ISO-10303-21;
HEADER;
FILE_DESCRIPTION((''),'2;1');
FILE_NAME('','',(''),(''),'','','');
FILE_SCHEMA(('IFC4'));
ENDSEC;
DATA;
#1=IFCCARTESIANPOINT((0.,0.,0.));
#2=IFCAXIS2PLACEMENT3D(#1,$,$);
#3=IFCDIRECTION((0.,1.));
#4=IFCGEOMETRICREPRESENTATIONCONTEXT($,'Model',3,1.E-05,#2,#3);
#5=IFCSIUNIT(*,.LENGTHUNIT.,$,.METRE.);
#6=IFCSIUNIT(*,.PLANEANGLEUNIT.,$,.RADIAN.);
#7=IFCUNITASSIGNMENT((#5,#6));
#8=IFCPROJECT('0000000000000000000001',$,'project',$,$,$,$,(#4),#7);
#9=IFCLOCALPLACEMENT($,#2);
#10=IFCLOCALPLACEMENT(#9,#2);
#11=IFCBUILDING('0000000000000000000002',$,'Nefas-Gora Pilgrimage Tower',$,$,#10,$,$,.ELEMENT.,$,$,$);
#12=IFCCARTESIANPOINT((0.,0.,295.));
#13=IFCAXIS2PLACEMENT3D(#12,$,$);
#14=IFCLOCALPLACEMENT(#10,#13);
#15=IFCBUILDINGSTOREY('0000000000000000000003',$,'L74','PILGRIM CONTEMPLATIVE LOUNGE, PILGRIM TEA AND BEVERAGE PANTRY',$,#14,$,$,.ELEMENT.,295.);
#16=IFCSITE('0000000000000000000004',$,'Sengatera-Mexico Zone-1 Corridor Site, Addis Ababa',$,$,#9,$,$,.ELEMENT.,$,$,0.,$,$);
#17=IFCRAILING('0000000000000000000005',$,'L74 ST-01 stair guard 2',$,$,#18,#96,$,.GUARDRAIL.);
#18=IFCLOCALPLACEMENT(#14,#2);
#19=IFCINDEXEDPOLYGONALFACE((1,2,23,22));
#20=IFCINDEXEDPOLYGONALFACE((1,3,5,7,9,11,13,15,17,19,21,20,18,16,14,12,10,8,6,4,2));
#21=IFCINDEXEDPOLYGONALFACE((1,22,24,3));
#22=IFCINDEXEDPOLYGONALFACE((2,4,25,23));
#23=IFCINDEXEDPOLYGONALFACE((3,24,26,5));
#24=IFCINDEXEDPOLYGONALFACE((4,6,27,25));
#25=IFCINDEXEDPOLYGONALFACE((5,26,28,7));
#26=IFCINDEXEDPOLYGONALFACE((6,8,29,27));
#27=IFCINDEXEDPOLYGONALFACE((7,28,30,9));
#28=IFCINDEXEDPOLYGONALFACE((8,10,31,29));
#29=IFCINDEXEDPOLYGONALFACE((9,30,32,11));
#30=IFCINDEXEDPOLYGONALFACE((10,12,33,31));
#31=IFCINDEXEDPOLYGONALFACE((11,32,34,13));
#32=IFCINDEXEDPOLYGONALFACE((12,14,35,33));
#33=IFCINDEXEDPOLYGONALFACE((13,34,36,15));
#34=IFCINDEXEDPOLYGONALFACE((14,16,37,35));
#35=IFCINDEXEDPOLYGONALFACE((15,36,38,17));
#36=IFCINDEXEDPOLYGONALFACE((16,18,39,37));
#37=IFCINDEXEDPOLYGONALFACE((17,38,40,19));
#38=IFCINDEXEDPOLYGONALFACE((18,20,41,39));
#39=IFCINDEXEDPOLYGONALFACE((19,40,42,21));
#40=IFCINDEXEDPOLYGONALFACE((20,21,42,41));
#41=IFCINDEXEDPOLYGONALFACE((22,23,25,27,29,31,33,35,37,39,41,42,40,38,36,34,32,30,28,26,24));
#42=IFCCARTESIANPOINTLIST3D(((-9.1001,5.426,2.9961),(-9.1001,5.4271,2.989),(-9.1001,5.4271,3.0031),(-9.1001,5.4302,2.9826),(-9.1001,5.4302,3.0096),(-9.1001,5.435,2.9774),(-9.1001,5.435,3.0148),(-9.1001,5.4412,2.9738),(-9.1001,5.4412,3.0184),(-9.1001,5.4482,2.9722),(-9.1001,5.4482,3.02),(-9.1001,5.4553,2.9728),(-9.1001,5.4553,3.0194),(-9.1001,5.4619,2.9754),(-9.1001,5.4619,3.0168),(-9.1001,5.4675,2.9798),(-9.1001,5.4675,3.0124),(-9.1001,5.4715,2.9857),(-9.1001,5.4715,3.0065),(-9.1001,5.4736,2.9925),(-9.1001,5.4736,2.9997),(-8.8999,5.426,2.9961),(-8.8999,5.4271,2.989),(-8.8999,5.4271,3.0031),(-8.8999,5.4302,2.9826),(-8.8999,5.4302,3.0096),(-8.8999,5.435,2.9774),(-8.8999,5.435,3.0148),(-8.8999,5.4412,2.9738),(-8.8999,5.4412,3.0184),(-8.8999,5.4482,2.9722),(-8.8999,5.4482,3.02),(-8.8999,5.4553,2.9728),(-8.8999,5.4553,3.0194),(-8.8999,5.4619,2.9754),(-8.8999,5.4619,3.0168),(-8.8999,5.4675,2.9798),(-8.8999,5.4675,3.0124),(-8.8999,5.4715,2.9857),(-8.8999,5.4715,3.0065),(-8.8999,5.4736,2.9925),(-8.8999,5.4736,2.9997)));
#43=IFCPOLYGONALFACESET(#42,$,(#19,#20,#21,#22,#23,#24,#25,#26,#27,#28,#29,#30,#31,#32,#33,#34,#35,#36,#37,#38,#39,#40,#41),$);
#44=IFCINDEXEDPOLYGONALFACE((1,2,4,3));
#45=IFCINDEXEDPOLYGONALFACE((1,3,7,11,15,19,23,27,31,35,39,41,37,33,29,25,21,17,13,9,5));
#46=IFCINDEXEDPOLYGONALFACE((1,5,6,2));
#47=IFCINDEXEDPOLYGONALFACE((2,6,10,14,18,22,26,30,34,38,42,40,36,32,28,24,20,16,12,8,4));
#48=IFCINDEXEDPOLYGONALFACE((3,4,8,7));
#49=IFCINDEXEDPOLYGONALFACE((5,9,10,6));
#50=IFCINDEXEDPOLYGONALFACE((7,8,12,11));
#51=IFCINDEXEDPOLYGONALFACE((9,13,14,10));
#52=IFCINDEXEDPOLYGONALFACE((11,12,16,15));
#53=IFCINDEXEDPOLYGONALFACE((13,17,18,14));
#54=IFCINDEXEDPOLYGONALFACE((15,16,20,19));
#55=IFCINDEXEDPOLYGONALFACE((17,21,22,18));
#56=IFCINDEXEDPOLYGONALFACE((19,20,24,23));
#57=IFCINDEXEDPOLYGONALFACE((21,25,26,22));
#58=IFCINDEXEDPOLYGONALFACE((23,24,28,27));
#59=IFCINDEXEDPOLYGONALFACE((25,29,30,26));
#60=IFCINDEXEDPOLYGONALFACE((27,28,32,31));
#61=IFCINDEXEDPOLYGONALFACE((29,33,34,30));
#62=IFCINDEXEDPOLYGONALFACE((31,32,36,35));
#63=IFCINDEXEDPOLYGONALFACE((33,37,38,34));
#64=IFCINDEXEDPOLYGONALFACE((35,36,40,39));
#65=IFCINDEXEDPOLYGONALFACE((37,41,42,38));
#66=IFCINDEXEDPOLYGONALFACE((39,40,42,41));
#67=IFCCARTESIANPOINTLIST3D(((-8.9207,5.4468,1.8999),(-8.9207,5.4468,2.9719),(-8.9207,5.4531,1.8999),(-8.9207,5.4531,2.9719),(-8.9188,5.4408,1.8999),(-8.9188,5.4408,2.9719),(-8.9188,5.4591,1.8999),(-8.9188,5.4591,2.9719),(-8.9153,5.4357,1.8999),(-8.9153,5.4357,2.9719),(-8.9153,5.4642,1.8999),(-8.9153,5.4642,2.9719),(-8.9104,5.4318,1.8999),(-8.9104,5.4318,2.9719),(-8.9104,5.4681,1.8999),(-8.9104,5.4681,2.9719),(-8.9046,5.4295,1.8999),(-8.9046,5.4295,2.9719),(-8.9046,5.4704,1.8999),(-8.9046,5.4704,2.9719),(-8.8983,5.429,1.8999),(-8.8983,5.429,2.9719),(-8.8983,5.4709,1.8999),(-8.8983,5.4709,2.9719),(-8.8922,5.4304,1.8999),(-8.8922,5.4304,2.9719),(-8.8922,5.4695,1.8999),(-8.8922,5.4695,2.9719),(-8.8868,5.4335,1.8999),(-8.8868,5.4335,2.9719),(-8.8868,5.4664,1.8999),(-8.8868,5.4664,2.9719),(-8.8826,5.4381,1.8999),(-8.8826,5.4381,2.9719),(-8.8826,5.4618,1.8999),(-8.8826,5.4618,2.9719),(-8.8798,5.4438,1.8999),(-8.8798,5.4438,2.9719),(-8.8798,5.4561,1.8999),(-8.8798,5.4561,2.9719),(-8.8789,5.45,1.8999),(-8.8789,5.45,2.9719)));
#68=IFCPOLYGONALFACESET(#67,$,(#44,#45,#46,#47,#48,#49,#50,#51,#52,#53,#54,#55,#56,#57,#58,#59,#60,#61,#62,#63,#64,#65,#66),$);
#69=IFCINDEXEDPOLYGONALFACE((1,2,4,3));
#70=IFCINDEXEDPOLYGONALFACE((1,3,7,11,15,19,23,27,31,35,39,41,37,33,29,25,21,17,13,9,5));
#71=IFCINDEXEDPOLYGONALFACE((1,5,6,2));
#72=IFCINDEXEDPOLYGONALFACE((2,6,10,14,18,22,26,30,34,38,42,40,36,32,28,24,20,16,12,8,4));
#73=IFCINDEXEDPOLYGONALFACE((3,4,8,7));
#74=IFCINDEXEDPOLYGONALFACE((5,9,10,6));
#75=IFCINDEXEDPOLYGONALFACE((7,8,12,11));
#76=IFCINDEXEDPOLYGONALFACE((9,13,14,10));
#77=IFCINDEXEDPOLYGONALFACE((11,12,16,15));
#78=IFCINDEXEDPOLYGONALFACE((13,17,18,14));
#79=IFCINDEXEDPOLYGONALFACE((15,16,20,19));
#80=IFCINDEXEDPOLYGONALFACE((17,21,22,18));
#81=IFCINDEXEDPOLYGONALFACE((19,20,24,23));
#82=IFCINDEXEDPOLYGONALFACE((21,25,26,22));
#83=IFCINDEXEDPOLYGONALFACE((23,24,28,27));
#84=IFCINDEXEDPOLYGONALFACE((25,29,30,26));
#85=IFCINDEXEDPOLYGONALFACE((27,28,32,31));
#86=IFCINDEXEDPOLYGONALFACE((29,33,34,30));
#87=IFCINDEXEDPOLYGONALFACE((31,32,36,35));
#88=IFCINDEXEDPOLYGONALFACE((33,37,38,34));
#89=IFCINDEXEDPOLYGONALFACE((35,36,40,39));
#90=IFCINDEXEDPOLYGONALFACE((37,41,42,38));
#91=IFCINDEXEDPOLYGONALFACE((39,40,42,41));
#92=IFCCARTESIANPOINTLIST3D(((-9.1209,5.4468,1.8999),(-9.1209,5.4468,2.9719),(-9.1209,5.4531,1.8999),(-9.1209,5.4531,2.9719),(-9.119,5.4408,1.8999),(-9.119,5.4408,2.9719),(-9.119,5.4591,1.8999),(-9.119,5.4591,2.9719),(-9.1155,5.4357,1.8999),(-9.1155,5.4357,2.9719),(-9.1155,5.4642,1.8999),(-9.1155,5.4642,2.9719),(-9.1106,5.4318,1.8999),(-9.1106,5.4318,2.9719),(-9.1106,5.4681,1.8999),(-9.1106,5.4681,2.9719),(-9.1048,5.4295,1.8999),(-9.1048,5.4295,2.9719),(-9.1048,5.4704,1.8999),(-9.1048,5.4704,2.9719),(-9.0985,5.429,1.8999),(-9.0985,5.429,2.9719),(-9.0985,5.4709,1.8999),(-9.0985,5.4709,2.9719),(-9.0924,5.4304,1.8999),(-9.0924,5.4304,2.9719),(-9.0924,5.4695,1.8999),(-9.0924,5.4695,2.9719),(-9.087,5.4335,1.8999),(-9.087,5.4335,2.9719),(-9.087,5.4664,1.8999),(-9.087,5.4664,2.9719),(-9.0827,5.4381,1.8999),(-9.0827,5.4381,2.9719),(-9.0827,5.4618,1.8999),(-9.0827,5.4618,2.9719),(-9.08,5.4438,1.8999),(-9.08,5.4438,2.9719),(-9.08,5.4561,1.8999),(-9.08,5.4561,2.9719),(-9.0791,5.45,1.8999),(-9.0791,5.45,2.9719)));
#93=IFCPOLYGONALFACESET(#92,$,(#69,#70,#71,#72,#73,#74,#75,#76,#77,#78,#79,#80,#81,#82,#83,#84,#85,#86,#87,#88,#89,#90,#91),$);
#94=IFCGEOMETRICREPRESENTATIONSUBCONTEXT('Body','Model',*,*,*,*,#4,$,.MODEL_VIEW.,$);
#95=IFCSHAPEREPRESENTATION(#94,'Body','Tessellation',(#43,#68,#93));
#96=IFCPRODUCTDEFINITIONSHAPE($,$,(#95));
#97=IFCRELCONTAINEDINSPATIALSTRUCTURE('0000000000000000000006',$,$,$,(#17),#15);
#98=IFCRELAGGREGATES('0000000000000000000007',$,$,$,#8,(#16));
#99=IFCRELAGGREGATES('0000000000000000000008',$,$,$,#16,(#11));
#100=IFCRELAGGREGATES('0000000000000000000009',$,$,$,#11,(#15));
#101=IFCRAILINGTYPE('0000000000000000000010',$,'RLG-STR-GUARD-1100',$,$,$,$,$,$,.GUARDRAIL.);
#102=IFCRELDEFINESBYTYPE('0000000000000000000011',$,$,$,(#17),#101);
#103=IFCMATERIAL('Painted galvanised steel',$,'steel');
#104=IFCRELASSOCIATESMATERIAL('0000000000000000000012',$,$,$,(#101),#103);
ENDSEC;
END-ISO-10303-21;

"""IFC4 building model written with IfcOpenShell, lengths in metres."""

from ifc_helpers import new_model, si_unit, direction, frame, origin, origin_2d, place, context, subcontext, project, spatial, circle, extrude, material, type_object, element, save


model = new_model("IFC4")

# Units and contexts
model_context = context("Model", 3, precision=1e-05, world=origin(), true_north=direction((0.0, 1.0)))
body_context = subcontext(model_context, "Body", "Model", "MODEL_VIEW")
ifc_project = project(units=[si_unit("LENGTHUNIT", "METRE"), si_unit("PLANEANGLEUNIT", "RADIAN")], contexts=[model_context])

# Site, building, storey
site_placement = place(None, origin())
site = spatial("IfcSite", under=ifc_project, at=site_placement, Name="Sengatera-Mexico Zone-1 Corridor Site, Addis Ababa", CompositionType="ELEMENT", RefElevation=0.0)
building_placement = place(site_placement, origin())
building = spatial("IfcBuilding", under=site, at=building_placement, Name="Nefas-Gora Pilgrimage Tower", CompositionType="ELEMENT")
storey_placement = place(building_placement, frame((0.0, 0.0, 295.0)))
storey = spatial("IfcBuildingStorey", under=building, at=storey_placement, Name="L74", Description="PILGRIM CONTEMPLATIVE LOUNGE, PILGRIM TEA AND BEVERAGE PANTRY", CompositionType="ELEMENT", Elevation=295.0)

# Railing
ifc_material_1 = material(Name="Painted galvanised steel", Category="steel")
railing_type_1 = type_object("IfcRailingType", Name="RLG-STR-GUARD-1100", PredefinedType="GUARDRAIL", material=ifc_material_1)
railing_1_placement = place(storey_placement, frame((-8.8999, 5.45, 1.8999)))
element("IfcRailing", 1, at=railing_1_placement, inside=storey, type_object=railing_type_1, Name="L74 ST-01 stair guard 2", PredefinedType="GUARDRAIL", context=body_context, shape_type="SweptSolid", body=[
    extrude(circle(Radius=0.0239, at=origin_2d()), frame((0.0, 0.0, 1.0962), z_axis=(-1.0, 0.0, 0.0), x_axis=(0.0, -1.0, 0.0)), (0.0, 0.0, 1.0), 0.2002),
    extrude(circle(Radius=0.021, at=origin_2d()), origin(), (0.0, 0.0, 1.0), 1.072),
    extrude(circle(Radius=0.021, at=origin_2d()), frame((-0.2002, 0.0, 0.0)), (0.0, 0.0, 1.0), 1.072),
])

save(model, "model.ifc")
